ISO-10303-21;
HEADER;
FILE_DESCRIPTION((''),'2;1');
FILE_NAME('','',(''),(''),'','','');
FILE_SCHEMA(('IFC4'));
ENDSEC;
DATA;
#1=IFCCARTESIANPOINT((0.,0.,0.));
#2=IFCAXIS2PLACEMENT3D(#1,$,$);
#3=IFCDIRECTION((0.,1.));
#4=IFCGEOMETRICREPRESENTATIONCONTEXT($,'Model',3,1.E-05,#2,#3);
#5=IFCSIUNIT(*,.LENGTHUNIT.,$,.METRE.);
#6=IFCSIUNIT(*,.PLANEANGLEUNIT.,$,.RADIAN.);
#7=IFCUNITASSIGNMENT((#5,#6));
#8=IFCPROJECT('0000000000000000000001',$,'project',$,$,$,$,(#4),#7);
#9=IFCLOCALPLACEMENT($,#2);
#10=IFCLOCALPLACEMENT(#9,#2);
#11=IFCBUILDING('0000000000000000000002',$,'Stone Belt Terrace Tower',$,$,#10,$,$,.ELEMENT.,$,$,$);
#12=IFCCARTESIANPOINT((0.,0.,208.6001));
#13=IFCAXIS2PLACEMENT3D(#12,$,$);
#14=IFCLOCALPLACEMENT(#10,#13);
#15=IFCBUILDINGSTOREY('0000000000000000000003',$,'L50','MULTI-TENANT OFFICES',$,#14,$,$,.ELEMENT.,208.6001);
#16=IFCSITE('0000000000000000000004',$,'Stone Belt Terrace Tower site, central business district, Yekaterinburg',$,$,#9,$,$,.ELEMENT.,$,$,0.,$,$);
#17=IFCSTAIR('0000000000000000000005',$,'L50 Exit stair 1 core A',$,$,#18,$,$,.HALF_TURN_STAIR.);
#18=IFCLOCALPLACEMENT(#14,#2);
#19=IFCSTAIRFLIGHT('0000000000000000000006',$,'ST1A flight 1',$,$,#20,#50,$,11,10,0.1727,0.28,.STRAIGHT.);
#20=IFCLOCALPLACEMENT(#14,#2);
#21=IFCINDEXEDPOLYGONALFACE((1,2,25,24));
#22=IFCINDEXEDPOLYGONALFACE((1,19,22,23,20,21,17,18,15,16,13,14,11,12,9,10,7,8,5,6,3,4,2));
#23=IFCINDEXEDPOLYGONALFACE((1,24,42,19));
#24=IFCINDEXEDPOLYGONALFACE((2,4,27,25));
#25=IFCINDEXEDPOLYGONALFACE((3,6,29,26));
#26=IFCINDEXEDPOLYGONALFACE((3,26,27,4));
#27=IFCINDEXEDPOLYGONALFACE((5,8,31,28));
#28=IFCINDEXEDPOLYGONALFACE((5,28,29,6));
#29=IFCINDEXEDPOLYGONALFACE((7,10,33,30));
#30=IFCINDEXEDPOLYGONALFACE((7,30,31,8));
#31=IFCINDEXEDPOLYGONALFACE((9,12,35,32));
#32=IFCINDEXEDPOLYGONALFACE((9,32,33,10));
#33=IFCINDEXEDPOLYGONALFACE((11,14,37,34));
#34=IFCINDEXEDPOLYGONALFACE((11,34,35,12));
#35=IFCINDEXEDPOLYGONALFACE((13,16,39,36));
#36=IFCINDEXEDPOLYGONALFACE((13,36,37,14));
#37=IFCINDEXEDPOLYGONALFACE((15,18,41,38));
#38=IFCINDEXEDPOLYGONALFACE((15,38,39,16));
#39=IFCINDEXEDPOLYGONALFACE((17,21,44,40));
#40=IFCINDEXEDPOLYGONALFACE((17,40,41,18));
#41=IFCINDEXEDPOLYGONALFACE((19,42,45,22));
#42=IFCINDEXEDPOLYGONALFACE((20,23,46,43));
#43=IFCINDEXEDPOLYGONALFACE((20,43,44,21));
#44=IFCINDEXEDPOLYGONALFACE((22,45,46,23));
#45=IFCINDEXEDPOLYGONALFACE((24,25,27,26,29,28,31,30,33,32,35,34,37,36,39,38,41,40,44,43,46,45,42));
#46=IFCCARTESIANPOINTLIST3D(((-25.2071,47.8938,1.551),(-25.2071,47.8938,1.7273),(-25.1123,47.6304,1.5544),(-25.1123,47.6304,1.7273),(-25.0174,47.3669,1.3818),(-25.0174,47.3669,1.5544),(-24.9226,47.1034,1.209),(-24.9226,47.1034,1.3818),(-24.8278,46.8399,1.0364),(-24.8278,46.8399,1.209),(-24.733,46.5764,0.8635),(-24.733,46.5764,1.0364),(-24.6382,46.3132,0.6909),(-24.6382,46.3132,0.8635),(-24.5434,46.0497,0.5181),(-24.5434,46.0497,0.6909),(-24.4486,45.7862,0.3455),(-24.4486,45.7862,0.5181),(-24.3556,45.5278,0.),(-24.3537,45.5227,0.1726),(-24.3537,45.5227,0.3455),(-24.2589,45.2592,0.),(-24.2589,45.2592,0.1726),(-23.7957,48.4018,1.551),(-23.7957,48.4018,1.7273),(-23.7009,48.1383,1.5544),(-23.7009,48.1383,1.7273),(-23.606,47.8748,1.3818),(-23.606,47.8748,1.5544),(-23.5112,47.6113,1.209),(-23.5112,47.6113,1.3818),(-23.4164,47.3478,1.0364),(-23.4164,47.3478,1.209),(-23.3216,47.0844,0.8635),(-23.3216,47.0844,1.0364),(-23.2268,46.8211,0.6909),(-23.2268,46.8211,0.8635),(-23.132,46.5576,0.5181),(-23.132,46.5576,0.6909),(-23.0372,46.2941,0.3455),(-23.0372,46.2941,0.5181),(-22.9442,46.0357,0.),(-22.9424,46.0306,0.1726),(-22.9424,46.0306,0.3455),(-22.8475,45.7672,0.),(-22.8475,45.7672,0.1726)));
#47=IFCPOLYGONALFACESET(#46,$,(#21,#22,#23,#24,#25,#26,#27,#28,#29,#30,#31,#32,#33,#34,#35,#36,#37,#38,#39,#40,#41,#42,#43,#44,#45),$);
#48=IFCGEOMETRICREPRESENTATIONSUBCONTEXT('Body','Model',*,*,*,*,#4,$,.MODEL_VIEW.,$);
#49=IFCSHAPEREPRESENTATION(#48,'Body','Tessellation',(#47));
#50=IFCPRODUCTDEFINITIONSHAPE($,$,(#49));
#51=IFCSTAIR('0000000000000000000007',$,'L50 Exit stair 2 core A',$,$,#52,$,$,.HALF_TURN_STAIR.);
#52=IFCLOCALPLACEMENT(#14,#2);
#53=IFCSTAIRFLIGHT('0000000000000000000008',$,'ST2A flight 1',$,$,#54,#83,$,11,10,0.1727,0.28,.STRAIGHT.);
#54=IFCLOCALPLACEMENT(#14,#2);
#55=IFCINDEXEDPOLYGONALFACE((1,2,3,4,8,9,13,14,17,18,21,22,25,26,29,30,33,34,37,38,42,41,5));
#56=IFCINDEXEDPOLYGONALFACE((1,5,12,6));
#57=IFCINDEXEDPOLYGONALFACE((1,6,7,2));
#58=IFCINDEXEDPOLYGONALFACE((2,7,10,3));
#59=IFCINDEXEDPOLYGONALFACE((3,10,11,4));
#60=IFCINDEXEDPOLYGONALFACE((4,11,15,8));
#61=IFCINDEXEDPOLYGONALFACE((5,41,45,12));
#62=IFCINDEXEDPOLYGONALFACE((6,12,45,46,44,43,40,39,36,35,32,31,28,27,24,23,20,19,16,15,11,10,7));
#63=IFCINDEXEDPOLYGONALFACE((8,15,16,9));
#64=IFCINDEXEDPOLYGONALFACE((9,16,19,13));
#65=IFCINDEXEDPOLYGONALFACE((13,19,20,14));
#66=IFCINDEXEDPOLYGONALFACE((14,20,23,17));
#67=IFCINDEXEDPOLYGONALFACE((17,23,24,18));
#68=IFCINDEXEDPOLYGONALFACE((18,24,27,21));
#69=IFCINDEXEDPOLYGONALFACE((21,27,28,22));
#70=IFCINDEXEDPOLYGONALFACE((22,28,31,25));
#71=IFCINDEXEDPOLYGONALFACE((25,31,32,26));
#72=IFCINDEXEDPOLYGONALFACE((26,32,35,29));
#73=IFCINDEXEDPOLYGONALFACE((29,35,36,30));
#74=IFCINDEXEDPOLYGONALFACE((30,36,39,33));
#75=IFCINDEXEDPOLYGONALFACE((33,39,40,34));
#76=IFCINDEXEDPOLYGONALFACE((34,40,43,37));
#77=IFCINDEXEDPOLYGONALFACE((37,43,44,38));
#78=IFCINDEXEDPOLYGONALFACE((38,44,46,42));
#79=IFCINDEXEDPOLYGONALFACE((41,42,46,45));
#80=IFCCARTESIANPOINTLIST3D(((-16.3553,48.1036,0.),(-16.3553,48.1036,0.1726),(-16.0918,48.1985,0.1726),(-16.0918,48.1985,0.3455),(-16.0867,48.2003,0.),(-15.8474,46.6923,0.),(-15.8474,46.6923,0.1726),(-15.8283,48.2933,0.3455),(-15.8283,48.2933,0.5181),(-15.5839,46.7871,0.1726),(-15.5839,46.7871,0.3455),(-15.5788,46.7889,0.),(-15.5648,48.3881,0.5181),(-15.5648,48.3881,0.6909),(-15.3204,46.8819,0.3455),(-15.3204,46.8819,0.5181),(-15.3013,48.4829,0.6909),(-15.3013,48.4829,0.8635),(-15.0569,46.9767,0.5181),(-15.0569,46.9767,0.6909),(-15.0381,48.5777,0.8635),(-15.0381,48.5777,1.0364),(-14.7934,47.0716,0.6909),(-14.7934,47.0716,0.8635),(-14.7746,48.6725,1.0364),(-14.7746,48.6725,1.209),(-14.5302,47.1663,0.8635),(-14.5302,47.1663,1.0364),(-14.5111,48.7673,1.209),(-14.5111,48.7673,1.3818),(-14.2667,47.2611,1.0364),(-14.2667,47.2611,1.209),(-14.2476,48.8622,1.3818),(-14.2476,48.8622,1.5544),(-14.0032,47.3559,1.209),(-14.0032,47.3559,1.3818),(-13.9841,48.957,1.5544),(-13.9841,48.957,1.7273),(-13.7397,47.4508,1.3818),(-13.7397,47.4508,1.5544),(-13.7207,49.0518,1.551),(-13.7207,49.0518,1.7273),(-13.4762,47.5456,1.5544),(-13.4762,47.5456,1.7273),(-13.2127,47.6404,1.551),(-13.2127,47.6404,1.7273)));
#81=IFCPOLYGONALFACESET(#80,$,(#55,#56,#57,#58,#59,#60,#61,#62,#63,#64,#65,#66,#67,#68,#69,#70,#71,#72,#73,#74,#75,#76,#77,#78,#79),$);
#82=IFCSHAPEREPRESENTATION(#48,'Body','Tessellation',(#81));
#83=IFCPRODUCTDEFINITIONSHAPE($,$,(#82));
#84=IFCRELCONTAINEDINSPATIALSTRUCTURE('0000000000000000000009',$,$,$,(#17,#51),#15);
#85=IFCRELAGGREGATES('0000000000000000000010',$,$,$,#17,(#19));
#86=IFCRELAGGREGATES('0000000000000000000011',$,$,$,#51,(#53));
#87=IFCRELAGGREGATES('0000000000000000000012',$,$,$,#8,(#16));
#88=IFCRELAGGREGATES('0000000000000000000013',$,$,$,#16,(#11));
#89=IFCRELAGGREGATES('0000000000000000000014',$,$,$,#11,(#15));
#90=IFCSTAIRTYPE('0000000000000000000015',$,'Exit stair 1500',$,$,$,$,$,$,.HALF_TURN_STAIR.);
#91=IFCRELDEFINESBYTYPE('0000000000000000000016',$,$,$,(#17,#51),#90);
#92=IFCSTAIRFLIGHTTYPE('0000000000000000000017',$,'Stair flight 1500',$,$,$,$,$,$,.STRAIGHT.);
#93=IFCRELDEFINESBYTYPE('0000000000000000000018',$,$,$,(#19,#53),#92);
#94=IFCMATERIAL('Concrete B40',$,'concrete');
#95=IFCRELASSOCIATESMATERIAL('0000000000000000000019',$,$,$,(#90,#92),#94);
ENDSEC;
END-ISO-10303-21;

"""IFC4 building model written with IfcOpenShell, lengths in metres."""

from ifc_helpers import new_model, si_unit, direction, frame, origin, place, context, subcontext, project, spatial, polyline, outline, extrude, material, type_object, element, aggregate, save


model = new_model("IFC4")

# Units and contexts
model_context = context("Model", 3, precision=1e-05, world=origin(), true_north=direction((0.0, 1.0)))
body_context = subcontext(model_context, "Body", "Model", "MODEL_VIEW")
ifc_project = project(units=[si_unit("LENGTHUNIT", "METRE"), si_unit("PLANEANGLEUNIT", "RADIAN")], contexts=[model_context])

# Site, building, storey
site_placement = place(None, origin())
site = spatial("IfcSite", under=ifc_project, at=site_placement, Name="Stone Belt Terrace Tower site, central business district, Yekaterinburg", CompositionType="ELEMENT", RefElevation=0.0)
building_placement = place(site_placement, origin())
building = spatial("IfcBuilding", under=site, at=building_placement, Name="Stone Belt Terrace Tower", CompositionType="ELEMENT")
storey_placement = place(building_placement, frame((0.0, 0.0, 208.6001)))
storey = spatial("IfcBuildingStorey", under=building, at=storey_placement, Name="L50", Description="MULTI-TENANT OFFICES", CompositionType="ELEMENT", Elevation=208.6001)

# Stairs, stair flights
ifc_material_1 = material(Name="Concrete B40", Category="concrete")
stair_type = type_object("IfcStairType", Name="Exit stair 1500", PredefinedType="HALF_TURN_STAIR", material=ifc_material_1)
stair_1_placement = place(storey_placement, origin())
stair_1 = element("IfcStair", 1, at=stair_1_placement, inside=storey, type_object=stair_type, Name="L50 Exit stair 1 core A", PredefinedType="HALF_TURN_STAIR")
stair_flight_type = type_object("IfcStairFlightType", Name="Stair flight 1500", PredefinedType="STRAIGHT", material=ifc_material_1)
stair_flight_1_placement = place(storey_placement, frame((-23.5532, 45.5132, 0.0), z_axis=(0.0, 0.0, 1.0), x_axis=(-0.338624, 0.940922, 0.0)))
stair_flight_1 = element("IfcStairFlight", 2, at=stair_flight_1_placement, type_object=stair_flight_type, Name="ST1A flight 1", NumberOfRisers=11, NumberOfTreads=10, PredefinedType="STRAIGHT", RiserHeight=0.1727, TreadLength=0.28, context=body_context, shape_type="SweptSolid", body=[
    extrude(outline(polyline([(0.0, 0.0), (0.0, 0.1726), (0.28, 0.1726), (0.28, 0.3455), (0.5601, 0.3455), (0.5601, 0.5181), (0.8401, 0.5181), (0.8401, 0.6909), (1.1201, 0.6909), (1.1201, 0.8635), (1.3999, 0.8635), (1.3999, 1.0364), (1.6799, 1.0364), (1.6799, 1.209), (1.96, 1.209), (1.96, 1.3818), (2.24, 1.3818), (2.24, 1.5544), (2.52, 1.5544), (2.52, 1.7273), (2.8, 1.7273), (2.8, 1.8999), (2.8, 1.551), (0.2854, 0.0), (0.0, 0.0)])), frame((0.0, 0.75, 0.0), z_axis=(0.0, -1.0, 0.0), x_axis=(1.0, 0.0, 0.0)), (0.0, 0.0, 1.0), 1.5),
])
aggregate(stair_1, [stair_flight_1])
stair_2_placement = place(storey_placement, origin())
stair_2 = element("IfcStair", 3, at=stair_2_placement, inside=storey, type_object=stair_type, Name="L50 Exit stair 2 core A", PredefinedType="HALF_TURN_STAIR")
stair_flight_2_placement = place(storey_placement, frame((-16.1013, 47.3979, 0.0), z_axis=(0.0, 0.0, 1.0), x_axis=(0.940922, 0.338624, 0.0)))
stair_flight_2 = element("IfcStairFlight", 4, at=stair_flight_2_placement, type_object=stair_flight_type, Name="ST2A flight 1", NumberOfRisers=11, NumberOfTreads=10, PredefinedType="STRAIGHT", RiserHeight=0.1727, TreadLength=0.28, context=body_context, shape_type="SweptSolid", body=[
    extrude(outline(polyline([(0.0, 0.0), (0.0, 0.1726), (0.28, 0.1726), (0.28, 0.3455), (0.5601, 0.3455), (0.5601, 0.5181), (0.8401, 0.5181), (0.8401, 0.6909), (1.1201, 0.6909), (1.1201, 0.8635), (1.3999, 0.8635), (1.3999, 1.0364), (1.6799, 1.0364), (1.6799, 1.209), (1.96, 1.209), (1.96, 1.3818), (2.24, 1.3818), (2.24, 1.5544), (2.52, 1.5544), (2.52, 1.7273), (2.8, 1.7273), (2.8, 1.8999), (2.8, 1.551), (0.2854, 0.0), (0.0, 0.0)])), frame((0.0, 0.75, 0.0), z_axis=(0.0, -1.0, 0.0), x_axis=(1.0, 0.0, 0.0)), (0.0, 0.0, 1.0), 1.5),
])
aggregate(stair_2, [stair_flight_2])

save(model, "model.ifc")
